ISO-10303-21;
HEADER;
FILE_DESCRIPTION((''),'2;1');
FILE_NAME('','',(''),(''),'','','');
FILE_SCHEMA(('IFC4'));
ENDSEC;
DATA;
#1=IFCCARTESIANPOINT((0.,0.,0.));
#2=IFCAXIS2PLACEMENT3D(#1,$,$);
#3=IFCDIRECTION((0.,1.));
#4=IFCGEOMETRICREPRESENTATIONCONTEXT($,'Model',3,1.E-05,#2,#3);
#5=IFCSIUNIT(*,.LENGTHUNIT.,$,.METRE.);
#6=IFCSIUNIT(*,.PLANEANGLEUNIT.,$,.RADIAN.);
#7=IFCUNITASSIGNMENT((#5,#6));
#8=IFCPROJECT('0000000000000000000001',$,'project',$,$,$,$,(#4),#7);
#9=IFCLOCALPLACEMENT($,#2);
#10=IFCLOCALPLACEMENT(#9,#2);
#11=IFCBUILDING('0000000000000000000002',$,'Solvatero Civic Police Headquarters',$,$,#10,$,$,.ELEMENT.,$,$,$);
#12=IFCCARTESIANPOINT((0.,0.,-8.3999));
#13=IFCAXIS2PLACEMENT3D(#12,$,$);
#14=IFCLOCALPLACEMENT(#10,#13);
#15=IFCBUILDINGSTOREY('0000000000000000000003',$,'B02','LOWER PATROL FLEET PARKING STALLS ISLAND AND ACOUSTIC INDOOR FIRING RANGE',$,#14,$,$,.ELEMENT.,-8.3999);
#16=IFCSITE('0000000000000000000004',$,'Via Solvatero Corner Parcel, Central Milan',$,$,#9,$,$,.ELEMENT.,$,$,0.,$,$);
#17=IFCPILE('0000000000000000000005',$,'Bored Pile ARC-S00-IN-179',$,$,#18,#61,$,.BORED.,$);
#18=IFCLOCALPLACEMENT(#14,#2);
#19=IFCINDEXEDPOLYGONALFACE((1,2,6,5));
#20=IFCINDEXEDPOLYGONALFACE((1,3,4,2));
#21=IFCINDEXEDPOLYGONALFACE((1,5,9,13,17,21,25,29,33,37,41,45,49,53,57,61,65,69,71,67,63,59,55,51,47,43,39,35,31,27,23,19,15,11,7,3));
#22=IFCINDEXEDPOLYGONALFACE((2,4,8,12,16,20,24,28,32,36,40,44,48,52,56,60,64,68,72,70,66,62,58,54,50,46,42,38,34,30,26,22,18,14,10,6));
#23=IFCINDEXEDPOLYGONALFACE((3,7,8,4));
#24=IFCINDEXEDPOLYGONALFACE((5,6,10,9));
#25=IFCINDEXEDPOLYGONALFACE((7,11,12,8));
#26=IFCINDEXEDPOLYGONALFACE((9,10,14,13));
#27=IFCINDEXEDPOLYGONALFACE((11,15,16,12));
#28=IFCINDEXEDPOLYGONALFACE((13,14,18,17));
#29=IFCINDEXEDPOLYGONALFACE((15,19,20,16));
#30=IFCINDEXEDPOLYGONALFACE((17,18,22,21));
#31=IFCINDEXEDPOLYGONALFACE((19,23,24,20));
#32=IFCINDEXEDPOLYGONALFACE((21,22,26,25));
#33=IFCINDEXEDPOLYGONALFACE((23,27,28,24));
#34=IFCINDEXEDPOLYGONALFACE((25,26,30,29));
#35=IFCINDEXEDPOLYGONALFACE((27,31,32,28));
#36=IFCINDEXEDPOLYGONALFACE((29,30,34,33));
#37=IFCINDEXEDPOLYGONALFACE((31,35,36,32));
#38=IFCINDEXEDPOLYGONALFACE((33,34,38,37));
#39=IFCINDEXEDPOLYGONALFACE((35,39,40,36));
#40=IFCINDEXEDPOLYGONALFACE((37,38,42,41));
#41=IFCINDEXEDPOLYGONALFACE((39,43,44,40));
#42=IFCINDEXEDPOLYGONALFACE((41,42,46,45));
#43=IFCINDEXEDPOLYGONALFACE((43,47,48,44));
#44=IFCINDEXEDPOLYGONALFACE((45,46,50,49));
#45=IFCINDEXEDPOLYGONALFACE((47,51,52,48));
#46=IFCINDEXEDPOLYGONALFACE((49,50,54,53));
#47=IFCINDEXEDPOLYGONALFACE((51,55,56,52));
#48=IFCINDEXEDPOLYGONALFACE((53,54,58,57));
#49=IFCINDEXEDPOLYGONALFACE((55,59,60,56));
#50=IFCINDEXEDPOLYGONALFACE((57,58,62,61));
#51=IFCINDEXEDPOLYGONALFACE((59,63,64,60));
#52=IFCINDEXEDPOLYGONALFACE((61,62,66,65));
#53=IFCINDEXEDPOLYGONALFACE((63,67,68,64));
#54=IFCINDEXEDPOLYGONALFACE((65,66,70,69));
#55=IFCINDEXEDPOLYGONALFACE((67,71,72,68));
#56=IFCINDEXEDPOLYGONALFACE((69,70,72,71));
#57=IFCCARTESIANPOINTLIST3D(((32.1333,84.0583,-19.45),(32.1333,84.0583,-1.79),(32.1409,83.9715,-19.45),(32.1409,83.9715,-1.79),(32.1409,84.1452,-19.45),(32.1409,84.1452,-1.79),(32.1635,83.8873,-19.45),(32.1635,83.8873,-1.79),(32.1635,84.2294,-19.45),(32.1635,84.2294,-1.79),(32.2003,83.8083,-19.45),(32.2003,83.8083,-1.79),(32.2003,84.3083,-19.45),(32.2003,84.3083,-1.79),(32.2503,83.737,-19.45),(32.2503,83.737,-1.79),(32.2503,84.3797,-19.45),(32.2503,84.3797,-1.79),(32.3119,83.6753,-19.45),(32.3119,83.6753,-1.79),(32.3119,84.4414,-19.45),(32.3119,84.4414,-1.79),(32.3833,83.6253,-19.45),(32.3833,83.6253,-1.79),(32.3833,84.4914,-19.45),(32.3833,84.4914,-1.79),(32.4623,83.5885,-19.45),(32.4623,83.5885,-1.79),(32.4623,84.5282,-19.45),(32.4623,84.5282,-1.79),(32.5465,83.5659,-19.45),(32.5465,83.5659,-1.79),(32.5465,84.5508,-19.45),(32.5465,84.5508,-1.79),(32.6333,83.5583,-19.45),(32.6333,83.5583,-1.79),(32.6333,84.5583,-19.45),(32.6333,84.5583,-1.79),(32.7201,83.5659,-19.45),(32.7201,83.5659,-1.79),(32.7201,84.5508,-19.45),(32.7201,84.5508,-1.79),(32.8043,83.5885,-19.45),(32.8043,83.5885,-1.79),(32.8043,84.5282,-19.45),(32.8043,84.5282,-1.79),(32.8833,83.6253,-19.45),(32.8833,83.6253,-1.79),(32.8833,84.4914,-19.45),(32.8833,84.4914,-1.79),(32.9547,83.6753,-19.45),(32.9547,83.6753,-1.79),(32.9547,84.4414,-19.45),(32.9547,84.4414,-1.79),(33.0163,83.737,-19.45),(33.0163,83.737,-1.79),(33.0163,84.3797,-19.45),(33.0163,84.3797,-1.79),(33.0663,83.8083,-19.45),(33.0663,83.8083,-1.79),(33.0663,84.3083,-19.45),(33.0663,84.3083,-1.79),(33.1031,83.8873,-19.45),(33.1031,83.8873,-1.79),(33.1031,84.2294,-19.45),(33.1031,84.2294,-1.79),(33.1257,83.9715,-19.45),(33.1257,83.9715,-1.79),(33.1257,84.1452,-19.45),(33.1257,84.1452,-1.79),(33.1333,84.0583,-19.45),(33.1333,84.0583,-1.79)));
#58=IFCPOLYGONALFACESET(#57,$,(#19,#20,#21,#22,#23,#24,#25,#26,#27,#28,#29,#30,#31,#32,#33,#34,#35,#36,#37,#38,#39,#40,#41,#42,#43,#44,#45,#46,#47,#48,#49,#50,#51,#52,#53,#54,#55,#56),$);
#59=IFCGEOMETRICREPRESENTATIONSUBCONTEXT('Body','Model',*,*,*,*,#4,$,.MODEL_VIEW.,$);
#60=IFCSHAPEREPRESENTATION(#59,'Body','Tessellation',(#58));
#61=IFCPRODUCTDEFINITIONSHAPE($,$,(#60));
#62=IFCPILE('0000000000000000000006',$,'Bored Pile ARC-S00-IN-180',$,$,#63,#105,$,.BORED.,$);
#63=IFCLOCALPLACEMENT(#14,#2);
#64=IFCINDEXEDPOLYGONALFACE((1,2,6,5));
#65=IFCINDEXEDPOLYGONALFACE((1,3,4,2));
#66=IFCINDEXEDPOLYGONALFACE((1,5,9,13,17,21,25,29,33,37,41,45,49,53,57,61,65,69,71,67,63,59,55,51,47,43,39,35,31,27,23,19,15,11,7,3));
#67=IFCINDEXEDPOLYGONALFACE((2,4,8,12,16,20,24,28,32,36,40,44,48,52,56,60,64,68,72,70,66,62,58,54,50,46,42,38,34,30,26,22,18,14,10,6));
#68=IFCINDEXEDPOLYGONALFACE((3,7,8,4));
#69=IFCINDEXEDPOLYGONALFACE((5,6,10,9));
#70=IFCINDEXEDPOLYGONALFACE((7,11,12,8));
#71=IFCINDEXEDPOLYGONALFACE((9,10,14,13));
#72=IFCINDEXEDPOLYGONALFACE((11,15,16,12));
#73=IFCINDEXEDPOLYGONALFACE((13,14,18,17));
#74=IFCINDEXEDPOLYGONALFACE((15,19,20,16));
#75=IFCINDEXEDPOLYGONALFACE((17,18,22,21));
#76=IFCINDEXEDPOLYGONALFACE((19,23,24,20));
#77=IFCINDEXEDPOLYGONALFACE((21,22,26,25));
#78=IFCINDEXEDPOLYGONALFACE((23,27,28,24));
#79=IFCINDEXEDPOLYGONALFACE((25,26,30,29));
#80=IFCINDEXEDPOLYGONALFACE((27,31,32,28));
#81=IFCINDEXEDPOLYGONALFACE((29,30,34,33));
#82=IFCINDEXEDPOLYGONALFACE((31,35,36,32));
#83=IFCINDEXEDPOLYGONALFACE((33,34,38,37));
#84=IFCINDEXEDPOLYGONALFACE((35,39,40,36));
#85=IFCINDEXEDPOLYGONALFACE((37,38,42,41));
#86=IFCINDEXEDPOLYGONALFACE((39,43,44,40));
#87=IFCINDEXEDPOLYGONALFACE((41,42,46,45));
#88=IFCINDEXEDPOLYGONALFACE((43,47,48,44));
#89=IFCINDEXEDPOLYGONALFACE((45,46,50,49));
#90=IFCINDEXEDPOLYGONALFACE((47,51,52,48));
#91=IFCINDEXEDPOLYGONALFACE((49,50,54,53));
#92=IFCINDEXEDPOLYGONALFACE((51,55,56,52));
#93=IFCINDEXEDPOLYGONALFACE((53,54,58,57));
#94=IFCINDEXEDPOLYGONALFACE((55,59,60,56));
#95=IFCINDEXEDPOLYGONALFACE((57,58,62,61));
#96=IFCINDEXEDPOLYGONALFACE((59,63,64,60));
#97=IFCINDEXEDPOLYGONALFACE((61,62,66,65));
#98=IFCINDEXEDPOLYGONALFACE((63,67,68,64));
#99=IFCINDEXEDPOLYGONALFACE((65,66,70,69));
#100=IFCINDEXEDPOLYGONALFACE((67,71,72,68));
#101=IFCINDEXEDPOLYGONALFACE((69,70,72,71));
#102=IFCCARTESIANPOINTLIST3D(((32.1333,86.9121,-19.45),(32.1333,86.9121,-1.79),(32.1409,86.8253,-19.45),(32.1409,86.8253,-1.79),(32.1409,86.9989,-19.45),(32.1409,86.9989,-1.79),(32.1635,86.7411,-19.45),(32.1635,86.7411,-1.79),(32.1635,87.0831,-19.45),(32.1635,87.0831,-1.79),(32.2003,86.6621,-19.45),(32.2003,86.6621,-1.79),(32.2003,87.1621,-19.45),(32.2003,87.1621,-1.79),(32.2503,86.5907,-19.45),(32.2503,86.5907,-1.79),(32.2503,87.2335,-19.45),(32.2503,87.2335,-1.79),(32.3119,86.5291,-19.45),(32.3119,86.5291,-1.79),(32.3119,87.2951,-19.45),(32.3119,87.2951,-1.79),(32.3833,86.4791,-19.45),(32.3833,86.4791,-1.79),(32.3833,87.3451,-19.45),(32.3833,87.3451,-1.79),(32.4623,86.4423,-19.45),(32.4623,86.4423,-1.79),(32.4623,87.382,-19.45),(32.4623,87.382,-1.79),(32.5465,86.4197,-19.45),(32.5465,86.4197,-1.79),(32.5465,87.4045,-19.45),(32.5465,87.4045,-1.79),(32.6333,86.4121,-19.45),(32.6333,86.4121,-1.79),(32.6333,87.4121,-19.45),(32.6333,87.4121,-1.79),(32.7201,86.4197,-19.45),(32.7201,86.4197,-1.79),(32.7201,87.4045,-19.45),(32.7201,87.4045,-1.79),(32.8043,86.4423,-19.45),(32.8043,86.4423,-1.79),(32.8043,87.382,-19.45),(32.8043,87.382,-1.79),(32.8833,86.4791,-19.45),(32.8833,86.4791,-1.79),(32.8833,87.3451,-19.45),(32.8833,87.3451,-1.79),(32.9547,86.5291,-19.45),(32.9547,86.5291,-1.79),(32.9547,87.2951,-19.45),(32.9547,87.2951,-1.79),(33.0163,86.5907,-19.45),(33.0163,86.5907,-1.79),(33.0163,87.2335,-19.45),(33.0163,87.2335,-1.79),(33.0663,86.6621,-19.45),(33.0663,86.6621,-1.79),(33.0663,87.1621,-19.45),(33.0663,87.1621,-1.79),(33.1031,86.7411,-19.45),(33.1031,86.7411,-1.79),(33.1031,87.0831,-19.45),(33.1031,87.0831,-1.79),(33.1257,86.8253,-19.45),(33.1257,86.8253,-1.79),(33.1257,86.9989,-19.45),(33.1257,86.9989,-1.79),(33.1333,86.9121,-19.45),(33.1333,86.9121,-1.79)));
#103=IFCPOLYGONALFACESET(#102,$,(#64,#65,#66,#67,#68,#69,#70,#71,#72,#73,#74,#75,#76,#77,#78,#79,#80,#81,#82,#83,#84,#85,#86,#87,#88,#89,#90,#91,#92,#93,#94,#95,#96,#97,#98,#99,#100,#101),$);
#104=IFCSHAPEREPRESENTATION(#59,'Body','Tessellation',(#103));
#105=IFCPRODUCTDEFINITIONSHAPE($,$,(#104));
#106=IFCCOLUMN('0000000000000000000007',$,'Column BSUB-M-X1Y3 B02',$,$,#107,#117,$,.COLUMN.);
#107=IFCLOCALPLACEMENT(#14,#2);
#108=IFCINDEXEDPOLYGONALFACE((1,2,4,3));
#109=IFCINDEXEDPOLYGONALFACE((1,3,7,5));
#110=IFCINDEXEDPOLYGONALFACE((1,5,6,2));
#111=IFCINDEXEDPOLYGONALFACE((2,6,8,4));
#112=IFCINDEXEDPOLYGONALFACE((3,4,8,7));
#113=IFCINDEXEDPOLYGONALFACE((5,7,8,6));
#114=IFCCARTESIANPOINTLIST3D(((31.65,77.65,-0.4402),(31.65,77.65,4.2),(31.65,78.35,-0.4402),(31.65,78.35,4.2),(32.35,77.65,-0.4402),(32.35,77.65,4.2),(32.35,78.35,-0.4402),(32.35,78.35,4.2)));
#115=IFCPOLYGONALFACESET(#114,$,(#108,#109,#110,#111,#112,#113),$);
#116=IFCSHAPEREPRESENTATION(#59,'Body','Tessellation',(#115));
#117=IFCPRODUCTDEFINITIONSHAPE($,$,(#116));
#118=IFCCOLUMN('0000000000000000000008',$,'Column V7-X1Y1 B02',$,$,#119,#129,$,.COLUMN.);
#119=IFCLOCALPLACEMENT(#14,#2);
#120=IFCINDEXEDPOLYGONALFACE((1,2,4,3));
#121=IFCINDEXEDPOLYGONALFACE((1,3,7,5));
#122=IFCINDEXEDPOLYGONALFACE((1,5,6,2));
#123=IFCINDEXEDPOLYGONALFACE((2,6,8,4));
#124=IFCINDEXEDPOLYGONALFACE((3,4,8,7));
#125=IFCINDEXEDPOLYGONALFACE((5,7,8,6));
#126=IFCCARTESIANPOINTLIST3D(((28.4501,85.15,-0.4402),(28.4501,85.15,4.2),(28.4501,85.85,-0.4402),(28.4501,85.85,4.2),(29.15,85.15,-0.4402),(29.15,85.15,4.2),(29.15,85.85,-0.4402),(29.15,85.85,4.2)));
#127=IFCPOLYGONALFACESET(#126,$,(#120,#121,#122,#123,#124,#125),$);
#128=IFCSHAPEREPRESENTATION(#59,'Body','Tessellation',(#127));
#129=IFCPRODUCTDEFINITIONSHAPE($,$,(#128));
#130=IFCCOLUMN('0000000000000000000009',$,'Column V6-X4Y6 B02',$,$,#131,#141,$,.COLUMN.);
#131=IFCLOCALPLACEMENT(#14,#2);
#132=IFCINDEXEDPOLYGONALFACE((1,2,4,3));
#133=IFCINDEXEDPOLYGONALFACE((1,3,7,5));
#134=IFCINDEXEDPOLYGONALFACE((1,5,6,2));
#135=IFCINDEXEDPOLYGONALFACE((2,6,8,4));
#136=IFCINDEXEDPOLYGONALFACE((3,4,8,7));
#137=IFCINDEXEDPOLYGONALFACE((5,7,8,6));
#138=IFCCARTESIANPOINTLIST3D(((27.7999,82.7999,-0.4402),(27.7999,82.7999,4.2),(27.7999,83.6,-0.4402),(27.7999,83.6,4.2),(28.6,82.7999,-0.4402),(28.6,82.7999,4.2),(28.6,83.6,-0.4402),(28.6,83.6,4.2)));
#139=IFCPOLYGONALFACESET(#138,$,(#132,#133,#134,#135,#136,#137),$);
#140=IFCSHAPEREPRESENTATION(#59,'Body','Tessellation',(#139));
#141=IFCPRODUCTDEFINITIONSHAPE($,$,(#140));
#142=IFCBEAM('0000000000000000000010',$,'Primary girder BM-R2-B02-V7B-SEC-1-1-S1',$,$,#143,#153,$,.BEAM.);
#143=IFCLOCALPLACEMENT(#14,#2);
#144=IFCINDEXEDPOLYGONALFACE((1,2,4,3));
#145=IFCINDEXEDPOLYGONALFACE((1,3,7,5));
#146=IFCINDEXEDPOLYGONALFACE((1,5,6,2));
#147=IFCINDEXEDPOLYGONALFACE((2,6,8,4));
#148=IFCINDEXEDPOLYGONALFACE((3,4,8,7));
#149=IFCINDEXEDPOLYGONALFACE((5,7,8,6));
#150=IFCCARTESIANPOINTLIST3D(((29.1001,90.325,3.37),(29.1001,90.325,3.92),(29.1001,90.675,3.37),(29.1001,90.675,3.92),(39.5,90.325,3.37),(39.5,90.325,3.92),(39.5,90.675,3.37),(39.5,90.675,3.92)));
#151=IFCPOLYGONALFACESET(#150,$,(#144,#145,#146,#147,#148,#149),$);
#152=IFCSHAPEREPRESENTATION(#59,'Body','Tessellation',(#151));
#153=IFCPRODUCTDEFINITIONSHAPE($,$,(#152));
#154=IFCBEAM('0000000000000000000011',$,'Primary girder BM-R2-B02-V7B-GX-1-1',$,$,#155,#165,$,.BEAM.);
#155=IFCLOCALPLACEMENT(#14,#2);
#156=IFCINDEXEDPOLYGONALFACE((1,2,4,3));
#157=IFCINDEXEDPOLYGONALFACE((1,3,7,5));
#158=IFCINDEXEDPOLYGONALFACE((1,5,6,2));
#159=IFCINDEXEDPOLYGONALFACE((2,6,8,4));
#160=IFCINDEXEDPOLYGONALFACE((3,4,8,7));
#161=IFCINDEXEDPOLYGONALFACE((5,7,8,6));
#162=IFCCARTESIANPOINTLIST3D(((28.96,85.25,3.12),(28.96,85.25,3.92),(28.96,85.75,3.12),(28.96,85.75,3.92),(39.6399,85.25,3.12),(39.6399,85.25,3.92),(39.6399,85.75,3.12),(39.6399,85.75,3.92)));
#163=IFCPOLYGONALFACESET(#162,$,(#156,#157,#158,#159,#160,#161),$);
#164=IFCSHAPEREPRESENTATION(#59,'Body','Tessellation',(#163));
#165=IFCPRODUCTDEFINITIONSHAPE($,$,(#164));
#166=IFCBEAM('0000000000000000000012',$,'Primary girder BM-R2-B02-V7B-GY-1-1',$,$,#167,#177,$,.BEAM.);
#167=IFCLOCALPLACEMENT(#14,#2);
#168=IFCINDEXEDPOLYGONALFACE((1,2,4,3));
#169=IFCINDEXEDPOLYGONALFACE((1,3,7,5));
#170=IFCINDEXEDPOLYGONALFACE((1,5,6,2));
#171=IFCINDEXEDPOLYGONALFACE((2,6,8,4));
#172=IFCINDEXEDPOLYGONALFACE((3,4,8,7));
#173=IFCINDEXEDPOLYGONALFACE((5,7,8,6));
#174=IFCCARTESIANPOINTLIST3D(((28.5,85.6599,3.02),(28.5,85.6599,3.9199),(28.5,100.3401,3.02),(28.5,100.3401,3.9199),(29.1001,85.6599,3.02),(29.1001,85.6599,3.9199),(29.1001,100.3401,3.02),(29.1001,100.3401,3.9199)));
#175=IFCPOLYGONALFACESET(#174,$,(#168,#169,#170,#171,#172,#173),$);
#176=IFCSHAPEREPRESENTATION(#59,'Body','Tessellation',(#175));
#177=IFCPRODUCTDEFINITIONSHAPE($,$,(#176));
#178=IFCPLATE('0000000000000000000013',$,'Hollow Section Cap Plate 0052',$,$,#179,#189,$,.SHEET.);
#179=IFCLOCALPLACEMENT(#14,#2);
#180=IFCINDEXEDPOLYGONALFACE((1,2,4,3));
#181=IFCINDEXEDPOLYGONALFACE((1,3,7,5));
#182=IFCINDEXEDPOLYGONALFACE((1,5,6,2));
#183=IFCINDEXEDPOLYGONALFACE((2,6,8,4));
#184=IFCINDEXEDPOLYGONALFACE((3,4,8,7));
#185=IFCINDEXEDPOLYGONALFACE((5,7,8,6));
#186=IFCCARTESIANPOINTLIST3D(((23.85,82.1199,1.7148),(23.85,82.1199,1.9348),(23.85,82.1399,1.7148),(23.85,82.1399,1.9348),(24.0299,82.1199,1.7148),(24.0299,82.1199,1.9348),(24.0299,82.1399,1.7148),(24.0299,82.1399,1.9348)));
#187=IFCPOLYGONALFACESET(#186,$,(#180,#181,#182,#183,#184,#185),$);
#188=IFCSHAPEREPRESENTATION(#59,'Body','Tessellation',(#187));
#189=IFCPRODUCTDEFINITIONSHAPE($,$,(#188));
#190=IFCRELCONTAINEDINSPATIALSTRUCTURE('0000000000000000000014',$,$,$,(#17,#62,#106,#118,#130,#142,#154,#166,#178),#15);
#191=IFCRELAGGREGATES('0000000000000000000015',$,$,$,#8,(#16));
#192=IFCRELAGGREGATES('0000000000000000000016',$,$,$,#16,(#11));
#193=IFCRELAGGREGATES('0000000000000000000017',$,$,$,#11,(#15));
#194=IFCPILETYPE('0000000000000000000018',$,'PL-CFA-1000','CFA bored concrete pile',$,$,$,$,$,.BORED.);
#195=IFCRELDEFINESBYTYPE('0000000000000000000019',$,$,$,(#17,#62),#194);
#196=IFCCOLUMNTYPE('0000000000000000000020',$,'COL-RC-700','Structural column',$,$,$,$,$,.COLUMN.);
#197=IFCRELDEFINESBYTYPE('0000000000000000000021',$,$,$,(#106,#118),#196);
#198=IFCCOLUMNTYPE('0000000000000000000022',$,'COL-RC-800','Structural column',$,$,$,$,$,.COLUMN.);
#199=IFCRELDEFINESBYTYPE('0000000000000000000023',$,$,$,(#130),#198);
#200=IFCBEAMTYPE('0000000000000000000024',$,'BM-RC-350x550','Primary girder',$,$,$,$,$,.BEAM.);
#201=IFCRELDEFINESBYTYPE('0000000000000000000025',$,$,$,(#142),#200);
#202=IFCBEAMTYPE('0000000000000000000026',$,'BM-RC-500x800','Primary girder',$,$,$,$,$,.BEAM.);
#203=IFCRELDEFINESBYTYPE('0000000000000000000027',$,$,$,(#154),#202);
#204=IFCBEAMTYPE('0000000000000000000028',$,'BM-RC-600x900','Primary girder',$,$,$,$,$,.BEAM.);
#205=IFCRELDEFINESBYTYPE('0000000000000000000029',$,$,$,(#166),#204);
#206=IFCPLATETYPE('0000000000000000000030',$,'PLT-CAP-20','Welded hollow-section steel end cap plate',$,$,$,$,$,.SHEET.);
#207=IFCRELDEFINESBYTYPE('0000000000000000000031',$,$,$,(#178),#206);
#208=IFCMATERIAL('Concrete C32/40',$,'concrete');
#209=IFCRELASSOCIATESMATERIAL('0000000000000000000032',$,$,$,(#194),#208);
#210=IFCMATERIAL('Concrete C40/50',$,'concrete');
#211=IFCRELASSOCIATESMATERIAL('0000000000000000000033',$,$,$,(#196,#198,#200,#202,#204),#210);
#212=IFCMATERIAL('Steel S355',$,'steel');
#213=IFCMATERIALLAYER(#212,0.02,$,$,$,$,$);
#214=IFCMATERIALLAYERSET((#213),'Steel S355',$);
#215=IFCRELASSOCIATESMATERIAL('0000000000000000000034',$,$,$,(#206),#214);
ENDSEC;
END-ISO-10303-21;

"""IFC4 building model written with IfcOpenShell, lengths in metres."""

from ifc_helpers import new_model, si_unit, direction, frame, origin, origin_2d, place, context, subcontext, project, spatial, rectangle, circle, extrude, material, layer, layer_set, material_profile, profile_set, type_object, element, save


model = new_model("IFC4")

# Units and contexts
model_context = context("Model", 3, precision=1e-05, world=origin(), true_north=direction((0.0, 1.0)))
body_context = subcontext(model_context, "Body", "Model", "MODEL_VIEW")
ifc_project = project(units=[si_unit("LENGTHUNIT", "METRE"), si_unit("PLANEANGLEUNIT", "RADIAN")], contexts=[model_context])

# Site, building, storey
site_placement = place(None, origin())
site = spatial("IfcSite", under=ifc_project, at=site_placement, Name="Via Solvatero Corner Parcel, Central Milan", CompositionType="ELEMENT", RefElevation=0.0)
building_placement = place(site_placement, origin())
building = spatial("IfcBuilding", under=site, at=building_placement, Name="Solvatero Civic Police Headquarters", CompositionType="ELEMENT")
storey_placement = place(building_placement, frame((0.0, 0.0, -8.3999)))
storey = spatial("IfcBuildingStorey", under=building, at=storey_placement, Name="B02", Description="LOWER PATROL FLEET PARKING STALLS ISLAND AND ACOUSTIC INDOOR FIRING RANGE", CompositionType="ELEMENT", Elevation=-8.3999)

# Piles
ifc_material_1 = material(Name="Concrete C32/40", Category="concrete")
ifc_material_profile_1 = material_profile(ifc_material_1, circle(Radius=0.5, at=origin_2d()), Name="CFA PILE D1000")
ifc_profile_set_1 = profile_set([ifc_material_profile_1], Name="Concrete C32/40")
pile_type = type_object("IfcPileType", Name="PL-CFA-1000", Description="CFA bored concrete pile", PredefinedType="BORED", material=ifc_profile_set_1)
for number, where, z_axis, x_axis, name in (
    (1, (32.6333, 84.0583, -1.79), (0.0, 0.0, -1.0), (1.0, 0.0, 0.0), "Bored Pile ARC-S00-IN-179"),
    (2, (32.6333, 86.9121, -1.79), (0.0, 0.0, -1.0), (1.0, 0.0, 0.0), "Bored Pile ARC-S00-IN-180"),
):
    element("IfcPile", number, at=place(storey_placement, frame(where, z_axis=z_axis, x_axis=x_axis)), inside=storey, type_object=pile_type, Name=name, PredefinedType="BORED", context=body_context, shape_type="SweptSolid", body=[
        extrude(circle(Radius=0.5, at=origin_2d()), origin(), (0.0, 0.0, 1.0), 17.6599),
    ])

# Columns
ifc_material_2 = material(Name="Concrete C40/50", Category="concrete")
ifc_material_profile_2 = material_profile(ifc_material_2, rectangle(XDim=0.7, YDim=0.7, at=origin_2d()), Name="RC 700x700")
ifc_profile_set_2 = profile_set([ifc_material_profile_2], Name="Concrete C40/50")
column_type_1 = type_object("IfcColumnType", Name="COL-RC-700", Description="Structural column", PredefinedType="COLUMN", material=ifc_profile_set_2)
for number, where, z_axis, x_axis, name in (
    (3, (32.0, 78.0, -0.4402), (0.0, 0.0, 1.0), (1.0, 0.0, 0.0), "Column BSUB-M-X1Y3 B02"),
    (4, (28.8, 85.5, -0.4402), (0.0, 0.0, 1.0), (1.0, 0.0, 0.0), "Column V7-X1Y1 B02"),
):
    element("IfcColumn", number, at=place(storey_placement, frame(where, z_axis=z_axis, x_axis=x_axis)), inside=storey, type_object=column_type_1, Name=name, PredefinedType="COLUMN", context=body_context, shape_type="SweptSolid", body=[
        extrude(rectangle(XDim=0.7, YDim=0.7, at=origin_2d()), origin(), (0.0, 0.0, 1.0), 4.6401),
    ])
ifc_material_profile_3 = material_profile(ifc_material_2, rectangle(XDim=0.8, YDim=0.8, at=origin_2d()), Name="RC 800x800")
ifc_profile_set_3 = profile_set([ifc_material_profile_3], Name="Concrete C40/50")
column_type_2 = type_object("IfcColumnType", Name="COL-RC-800", Description="Structural column", PredefinedType="COLUMN", material=ifc_profile_set_3)
column_placement = place(storey_placement, frame((28.2, 83.2, -0.4402), z_axis=(0.0, 0.0, 1.0), x_axis=(1.0, 0.0, 0.0)))
element("IfcColumn", 5, at=column_placement, inside=storey, type_object=column_type_2, Name="Column V6-X4Y6 B02", PredefinedType="COLUMN", context=body_context, shape_type="SweptSolid", body=[
    extrude(rectangle(XDim=0.8, YDim=0.8, at=origin_2d()), origin(), (0.0, 0.0, 1.0), 4.6401),
])

# Beams
ifc_material_profile_4 = material_profile(ifc_material_2, rectangle(XDim=0.3501, YDim=0.55, at=origin_2d()), Name="RC 350x550")
ifc_profile_set_4 = profile_set([ifc_material_profile_4], Name="Concrete C40/50")
beam_type_1 = type_object("IfcBeamType", Name="BM-RC-350x550", Description="Primary girder", PredefinedType="BEAM", material=ifc_profile_set_4)
beam_1_placement = place(storey_placement, frame((29.1001, 90.5, 3.645), z_axis=(1.0, 0.0, 0.0), x_axis=(0.0, 1.0, 0.0)))
element("IfcBeam", 6, at=beam_1_placement, inside=storey, type_object=beam_type_1, Name="Primary girder BM-R2-B02-V7B-SEC-1-1-S1", PredefinedType="BEAM", context=body_context, shape_type="SweptSolid", body=[
    extrude(rectangle(XDim=0.3501, YDim=0.55, at=origin_2d()), origin(), (0.0, 0.0, 1.0), 10.3999),
])
ifc_material_profile_5 = material_profile(ifc_material_2, rectangle(XDim=0.5, YDim=0.8, at=origin_2d()), Name="RC 500x800")
ifc_profile_set_5 = profile_set([ifc_material_profile_5], Name="Concrete C40/50")
beam_type_2 = type_object("IfcBeamType", Name="BM-RC-500x800", Description="Primary girder", PredefinedType="BEAM", material=ifc_profile_set_5)
beam_2_placement = place(storey_placement, frame((28.96, 85.5, 3.52), z_axis=(1.0, 0.0, 0.0), x_axis=(0.0, 1.0, 0.0)))
element("IfcBeam", 7, at=beam_2_placement, inside=storey, type_object=beam_type_2, Name="Primary girder BM-R2-B02-V7B-GX-1-1", PredefinedType="BEAM", context=body_context, shape_type="SweptSolid", body=[
    extrude(rectangle(XDim=0.5, YDim=0.8, at=origin_2d()), origin(), (0.0, 0.0, 1.0), 10.6799),
])
ifc_material_profile_6 = material_profile(ifc_material_2, rectangle(XDim=0.6001, YDim=0.8999, at=origin_2d()), Name="RC 600x900")
ifc_profile_set_6 = profile_set([ifc_material_profile_6], Name="Concrete C40/50")
beam_type_3 = type_object("IfcBeamType", Name="BM-RC-600x900", Description="Primary girder", PredefinedType="BEAM", material=ifc_profile_set_6)
beam_3_placement = place(storey_placement, frame((28.8, 85.6599, 3.47), z_axis=(0.0, 1.0, 0.0), x_axis=(-1.0, 0.0, 0.0)))
element("IfcBeam", 8, at=beam_3_placement, inside=storey, type_object=beam_type_3, Name="Primary girder BM-R2-B02-V7B-GY-1-1", PredefinedType="BEAM", context=body_context, shape_type="SweptSolid", body=[
    extrude(rectangle(XDim=0.6001, YDim=0.8999, at=origin_2d()), origin(), (0.0, 0.0, 1.0), 14.6802),
])

# Plate
ifc_material_3 = material(Name="Steel S355", Category="steel")
ifc_layer_1 = layer(ifc_material_3, 0.02)
ifc_layer_set_1 = layer_set([ifc_layer_1], Name="Steel S355")
plate_type_1 = type_object("IfcPlateType", Name="PLT-CAP-20", Description="Welded hollow-section steel end cap plate", PredefinedType="SHEET", material=ifc_layer_set_1)
plate_1_placement = place(storey_placement, frame((23.9399, 82.1299, 1.7148), z_axis=(0.0, 0.0, 1.0), x_axis=(1.0, 0.0, 0.0)))
element("IfcPlate", 9, at=plate_1_placement, inside=storey, type_object=plate_type_1, Name="Hollow Section Cap Plate 0052", PredefinedType="SHEET", context=body_context, shape_type="SweptSolid", body=[
    extrude(rectangle(XDim=0.1799, YDim=0.02, at=origin_2d()), origin(), (0.0, 0.0, 1.0), 0.22),
])

save(model, "model.ifc")
